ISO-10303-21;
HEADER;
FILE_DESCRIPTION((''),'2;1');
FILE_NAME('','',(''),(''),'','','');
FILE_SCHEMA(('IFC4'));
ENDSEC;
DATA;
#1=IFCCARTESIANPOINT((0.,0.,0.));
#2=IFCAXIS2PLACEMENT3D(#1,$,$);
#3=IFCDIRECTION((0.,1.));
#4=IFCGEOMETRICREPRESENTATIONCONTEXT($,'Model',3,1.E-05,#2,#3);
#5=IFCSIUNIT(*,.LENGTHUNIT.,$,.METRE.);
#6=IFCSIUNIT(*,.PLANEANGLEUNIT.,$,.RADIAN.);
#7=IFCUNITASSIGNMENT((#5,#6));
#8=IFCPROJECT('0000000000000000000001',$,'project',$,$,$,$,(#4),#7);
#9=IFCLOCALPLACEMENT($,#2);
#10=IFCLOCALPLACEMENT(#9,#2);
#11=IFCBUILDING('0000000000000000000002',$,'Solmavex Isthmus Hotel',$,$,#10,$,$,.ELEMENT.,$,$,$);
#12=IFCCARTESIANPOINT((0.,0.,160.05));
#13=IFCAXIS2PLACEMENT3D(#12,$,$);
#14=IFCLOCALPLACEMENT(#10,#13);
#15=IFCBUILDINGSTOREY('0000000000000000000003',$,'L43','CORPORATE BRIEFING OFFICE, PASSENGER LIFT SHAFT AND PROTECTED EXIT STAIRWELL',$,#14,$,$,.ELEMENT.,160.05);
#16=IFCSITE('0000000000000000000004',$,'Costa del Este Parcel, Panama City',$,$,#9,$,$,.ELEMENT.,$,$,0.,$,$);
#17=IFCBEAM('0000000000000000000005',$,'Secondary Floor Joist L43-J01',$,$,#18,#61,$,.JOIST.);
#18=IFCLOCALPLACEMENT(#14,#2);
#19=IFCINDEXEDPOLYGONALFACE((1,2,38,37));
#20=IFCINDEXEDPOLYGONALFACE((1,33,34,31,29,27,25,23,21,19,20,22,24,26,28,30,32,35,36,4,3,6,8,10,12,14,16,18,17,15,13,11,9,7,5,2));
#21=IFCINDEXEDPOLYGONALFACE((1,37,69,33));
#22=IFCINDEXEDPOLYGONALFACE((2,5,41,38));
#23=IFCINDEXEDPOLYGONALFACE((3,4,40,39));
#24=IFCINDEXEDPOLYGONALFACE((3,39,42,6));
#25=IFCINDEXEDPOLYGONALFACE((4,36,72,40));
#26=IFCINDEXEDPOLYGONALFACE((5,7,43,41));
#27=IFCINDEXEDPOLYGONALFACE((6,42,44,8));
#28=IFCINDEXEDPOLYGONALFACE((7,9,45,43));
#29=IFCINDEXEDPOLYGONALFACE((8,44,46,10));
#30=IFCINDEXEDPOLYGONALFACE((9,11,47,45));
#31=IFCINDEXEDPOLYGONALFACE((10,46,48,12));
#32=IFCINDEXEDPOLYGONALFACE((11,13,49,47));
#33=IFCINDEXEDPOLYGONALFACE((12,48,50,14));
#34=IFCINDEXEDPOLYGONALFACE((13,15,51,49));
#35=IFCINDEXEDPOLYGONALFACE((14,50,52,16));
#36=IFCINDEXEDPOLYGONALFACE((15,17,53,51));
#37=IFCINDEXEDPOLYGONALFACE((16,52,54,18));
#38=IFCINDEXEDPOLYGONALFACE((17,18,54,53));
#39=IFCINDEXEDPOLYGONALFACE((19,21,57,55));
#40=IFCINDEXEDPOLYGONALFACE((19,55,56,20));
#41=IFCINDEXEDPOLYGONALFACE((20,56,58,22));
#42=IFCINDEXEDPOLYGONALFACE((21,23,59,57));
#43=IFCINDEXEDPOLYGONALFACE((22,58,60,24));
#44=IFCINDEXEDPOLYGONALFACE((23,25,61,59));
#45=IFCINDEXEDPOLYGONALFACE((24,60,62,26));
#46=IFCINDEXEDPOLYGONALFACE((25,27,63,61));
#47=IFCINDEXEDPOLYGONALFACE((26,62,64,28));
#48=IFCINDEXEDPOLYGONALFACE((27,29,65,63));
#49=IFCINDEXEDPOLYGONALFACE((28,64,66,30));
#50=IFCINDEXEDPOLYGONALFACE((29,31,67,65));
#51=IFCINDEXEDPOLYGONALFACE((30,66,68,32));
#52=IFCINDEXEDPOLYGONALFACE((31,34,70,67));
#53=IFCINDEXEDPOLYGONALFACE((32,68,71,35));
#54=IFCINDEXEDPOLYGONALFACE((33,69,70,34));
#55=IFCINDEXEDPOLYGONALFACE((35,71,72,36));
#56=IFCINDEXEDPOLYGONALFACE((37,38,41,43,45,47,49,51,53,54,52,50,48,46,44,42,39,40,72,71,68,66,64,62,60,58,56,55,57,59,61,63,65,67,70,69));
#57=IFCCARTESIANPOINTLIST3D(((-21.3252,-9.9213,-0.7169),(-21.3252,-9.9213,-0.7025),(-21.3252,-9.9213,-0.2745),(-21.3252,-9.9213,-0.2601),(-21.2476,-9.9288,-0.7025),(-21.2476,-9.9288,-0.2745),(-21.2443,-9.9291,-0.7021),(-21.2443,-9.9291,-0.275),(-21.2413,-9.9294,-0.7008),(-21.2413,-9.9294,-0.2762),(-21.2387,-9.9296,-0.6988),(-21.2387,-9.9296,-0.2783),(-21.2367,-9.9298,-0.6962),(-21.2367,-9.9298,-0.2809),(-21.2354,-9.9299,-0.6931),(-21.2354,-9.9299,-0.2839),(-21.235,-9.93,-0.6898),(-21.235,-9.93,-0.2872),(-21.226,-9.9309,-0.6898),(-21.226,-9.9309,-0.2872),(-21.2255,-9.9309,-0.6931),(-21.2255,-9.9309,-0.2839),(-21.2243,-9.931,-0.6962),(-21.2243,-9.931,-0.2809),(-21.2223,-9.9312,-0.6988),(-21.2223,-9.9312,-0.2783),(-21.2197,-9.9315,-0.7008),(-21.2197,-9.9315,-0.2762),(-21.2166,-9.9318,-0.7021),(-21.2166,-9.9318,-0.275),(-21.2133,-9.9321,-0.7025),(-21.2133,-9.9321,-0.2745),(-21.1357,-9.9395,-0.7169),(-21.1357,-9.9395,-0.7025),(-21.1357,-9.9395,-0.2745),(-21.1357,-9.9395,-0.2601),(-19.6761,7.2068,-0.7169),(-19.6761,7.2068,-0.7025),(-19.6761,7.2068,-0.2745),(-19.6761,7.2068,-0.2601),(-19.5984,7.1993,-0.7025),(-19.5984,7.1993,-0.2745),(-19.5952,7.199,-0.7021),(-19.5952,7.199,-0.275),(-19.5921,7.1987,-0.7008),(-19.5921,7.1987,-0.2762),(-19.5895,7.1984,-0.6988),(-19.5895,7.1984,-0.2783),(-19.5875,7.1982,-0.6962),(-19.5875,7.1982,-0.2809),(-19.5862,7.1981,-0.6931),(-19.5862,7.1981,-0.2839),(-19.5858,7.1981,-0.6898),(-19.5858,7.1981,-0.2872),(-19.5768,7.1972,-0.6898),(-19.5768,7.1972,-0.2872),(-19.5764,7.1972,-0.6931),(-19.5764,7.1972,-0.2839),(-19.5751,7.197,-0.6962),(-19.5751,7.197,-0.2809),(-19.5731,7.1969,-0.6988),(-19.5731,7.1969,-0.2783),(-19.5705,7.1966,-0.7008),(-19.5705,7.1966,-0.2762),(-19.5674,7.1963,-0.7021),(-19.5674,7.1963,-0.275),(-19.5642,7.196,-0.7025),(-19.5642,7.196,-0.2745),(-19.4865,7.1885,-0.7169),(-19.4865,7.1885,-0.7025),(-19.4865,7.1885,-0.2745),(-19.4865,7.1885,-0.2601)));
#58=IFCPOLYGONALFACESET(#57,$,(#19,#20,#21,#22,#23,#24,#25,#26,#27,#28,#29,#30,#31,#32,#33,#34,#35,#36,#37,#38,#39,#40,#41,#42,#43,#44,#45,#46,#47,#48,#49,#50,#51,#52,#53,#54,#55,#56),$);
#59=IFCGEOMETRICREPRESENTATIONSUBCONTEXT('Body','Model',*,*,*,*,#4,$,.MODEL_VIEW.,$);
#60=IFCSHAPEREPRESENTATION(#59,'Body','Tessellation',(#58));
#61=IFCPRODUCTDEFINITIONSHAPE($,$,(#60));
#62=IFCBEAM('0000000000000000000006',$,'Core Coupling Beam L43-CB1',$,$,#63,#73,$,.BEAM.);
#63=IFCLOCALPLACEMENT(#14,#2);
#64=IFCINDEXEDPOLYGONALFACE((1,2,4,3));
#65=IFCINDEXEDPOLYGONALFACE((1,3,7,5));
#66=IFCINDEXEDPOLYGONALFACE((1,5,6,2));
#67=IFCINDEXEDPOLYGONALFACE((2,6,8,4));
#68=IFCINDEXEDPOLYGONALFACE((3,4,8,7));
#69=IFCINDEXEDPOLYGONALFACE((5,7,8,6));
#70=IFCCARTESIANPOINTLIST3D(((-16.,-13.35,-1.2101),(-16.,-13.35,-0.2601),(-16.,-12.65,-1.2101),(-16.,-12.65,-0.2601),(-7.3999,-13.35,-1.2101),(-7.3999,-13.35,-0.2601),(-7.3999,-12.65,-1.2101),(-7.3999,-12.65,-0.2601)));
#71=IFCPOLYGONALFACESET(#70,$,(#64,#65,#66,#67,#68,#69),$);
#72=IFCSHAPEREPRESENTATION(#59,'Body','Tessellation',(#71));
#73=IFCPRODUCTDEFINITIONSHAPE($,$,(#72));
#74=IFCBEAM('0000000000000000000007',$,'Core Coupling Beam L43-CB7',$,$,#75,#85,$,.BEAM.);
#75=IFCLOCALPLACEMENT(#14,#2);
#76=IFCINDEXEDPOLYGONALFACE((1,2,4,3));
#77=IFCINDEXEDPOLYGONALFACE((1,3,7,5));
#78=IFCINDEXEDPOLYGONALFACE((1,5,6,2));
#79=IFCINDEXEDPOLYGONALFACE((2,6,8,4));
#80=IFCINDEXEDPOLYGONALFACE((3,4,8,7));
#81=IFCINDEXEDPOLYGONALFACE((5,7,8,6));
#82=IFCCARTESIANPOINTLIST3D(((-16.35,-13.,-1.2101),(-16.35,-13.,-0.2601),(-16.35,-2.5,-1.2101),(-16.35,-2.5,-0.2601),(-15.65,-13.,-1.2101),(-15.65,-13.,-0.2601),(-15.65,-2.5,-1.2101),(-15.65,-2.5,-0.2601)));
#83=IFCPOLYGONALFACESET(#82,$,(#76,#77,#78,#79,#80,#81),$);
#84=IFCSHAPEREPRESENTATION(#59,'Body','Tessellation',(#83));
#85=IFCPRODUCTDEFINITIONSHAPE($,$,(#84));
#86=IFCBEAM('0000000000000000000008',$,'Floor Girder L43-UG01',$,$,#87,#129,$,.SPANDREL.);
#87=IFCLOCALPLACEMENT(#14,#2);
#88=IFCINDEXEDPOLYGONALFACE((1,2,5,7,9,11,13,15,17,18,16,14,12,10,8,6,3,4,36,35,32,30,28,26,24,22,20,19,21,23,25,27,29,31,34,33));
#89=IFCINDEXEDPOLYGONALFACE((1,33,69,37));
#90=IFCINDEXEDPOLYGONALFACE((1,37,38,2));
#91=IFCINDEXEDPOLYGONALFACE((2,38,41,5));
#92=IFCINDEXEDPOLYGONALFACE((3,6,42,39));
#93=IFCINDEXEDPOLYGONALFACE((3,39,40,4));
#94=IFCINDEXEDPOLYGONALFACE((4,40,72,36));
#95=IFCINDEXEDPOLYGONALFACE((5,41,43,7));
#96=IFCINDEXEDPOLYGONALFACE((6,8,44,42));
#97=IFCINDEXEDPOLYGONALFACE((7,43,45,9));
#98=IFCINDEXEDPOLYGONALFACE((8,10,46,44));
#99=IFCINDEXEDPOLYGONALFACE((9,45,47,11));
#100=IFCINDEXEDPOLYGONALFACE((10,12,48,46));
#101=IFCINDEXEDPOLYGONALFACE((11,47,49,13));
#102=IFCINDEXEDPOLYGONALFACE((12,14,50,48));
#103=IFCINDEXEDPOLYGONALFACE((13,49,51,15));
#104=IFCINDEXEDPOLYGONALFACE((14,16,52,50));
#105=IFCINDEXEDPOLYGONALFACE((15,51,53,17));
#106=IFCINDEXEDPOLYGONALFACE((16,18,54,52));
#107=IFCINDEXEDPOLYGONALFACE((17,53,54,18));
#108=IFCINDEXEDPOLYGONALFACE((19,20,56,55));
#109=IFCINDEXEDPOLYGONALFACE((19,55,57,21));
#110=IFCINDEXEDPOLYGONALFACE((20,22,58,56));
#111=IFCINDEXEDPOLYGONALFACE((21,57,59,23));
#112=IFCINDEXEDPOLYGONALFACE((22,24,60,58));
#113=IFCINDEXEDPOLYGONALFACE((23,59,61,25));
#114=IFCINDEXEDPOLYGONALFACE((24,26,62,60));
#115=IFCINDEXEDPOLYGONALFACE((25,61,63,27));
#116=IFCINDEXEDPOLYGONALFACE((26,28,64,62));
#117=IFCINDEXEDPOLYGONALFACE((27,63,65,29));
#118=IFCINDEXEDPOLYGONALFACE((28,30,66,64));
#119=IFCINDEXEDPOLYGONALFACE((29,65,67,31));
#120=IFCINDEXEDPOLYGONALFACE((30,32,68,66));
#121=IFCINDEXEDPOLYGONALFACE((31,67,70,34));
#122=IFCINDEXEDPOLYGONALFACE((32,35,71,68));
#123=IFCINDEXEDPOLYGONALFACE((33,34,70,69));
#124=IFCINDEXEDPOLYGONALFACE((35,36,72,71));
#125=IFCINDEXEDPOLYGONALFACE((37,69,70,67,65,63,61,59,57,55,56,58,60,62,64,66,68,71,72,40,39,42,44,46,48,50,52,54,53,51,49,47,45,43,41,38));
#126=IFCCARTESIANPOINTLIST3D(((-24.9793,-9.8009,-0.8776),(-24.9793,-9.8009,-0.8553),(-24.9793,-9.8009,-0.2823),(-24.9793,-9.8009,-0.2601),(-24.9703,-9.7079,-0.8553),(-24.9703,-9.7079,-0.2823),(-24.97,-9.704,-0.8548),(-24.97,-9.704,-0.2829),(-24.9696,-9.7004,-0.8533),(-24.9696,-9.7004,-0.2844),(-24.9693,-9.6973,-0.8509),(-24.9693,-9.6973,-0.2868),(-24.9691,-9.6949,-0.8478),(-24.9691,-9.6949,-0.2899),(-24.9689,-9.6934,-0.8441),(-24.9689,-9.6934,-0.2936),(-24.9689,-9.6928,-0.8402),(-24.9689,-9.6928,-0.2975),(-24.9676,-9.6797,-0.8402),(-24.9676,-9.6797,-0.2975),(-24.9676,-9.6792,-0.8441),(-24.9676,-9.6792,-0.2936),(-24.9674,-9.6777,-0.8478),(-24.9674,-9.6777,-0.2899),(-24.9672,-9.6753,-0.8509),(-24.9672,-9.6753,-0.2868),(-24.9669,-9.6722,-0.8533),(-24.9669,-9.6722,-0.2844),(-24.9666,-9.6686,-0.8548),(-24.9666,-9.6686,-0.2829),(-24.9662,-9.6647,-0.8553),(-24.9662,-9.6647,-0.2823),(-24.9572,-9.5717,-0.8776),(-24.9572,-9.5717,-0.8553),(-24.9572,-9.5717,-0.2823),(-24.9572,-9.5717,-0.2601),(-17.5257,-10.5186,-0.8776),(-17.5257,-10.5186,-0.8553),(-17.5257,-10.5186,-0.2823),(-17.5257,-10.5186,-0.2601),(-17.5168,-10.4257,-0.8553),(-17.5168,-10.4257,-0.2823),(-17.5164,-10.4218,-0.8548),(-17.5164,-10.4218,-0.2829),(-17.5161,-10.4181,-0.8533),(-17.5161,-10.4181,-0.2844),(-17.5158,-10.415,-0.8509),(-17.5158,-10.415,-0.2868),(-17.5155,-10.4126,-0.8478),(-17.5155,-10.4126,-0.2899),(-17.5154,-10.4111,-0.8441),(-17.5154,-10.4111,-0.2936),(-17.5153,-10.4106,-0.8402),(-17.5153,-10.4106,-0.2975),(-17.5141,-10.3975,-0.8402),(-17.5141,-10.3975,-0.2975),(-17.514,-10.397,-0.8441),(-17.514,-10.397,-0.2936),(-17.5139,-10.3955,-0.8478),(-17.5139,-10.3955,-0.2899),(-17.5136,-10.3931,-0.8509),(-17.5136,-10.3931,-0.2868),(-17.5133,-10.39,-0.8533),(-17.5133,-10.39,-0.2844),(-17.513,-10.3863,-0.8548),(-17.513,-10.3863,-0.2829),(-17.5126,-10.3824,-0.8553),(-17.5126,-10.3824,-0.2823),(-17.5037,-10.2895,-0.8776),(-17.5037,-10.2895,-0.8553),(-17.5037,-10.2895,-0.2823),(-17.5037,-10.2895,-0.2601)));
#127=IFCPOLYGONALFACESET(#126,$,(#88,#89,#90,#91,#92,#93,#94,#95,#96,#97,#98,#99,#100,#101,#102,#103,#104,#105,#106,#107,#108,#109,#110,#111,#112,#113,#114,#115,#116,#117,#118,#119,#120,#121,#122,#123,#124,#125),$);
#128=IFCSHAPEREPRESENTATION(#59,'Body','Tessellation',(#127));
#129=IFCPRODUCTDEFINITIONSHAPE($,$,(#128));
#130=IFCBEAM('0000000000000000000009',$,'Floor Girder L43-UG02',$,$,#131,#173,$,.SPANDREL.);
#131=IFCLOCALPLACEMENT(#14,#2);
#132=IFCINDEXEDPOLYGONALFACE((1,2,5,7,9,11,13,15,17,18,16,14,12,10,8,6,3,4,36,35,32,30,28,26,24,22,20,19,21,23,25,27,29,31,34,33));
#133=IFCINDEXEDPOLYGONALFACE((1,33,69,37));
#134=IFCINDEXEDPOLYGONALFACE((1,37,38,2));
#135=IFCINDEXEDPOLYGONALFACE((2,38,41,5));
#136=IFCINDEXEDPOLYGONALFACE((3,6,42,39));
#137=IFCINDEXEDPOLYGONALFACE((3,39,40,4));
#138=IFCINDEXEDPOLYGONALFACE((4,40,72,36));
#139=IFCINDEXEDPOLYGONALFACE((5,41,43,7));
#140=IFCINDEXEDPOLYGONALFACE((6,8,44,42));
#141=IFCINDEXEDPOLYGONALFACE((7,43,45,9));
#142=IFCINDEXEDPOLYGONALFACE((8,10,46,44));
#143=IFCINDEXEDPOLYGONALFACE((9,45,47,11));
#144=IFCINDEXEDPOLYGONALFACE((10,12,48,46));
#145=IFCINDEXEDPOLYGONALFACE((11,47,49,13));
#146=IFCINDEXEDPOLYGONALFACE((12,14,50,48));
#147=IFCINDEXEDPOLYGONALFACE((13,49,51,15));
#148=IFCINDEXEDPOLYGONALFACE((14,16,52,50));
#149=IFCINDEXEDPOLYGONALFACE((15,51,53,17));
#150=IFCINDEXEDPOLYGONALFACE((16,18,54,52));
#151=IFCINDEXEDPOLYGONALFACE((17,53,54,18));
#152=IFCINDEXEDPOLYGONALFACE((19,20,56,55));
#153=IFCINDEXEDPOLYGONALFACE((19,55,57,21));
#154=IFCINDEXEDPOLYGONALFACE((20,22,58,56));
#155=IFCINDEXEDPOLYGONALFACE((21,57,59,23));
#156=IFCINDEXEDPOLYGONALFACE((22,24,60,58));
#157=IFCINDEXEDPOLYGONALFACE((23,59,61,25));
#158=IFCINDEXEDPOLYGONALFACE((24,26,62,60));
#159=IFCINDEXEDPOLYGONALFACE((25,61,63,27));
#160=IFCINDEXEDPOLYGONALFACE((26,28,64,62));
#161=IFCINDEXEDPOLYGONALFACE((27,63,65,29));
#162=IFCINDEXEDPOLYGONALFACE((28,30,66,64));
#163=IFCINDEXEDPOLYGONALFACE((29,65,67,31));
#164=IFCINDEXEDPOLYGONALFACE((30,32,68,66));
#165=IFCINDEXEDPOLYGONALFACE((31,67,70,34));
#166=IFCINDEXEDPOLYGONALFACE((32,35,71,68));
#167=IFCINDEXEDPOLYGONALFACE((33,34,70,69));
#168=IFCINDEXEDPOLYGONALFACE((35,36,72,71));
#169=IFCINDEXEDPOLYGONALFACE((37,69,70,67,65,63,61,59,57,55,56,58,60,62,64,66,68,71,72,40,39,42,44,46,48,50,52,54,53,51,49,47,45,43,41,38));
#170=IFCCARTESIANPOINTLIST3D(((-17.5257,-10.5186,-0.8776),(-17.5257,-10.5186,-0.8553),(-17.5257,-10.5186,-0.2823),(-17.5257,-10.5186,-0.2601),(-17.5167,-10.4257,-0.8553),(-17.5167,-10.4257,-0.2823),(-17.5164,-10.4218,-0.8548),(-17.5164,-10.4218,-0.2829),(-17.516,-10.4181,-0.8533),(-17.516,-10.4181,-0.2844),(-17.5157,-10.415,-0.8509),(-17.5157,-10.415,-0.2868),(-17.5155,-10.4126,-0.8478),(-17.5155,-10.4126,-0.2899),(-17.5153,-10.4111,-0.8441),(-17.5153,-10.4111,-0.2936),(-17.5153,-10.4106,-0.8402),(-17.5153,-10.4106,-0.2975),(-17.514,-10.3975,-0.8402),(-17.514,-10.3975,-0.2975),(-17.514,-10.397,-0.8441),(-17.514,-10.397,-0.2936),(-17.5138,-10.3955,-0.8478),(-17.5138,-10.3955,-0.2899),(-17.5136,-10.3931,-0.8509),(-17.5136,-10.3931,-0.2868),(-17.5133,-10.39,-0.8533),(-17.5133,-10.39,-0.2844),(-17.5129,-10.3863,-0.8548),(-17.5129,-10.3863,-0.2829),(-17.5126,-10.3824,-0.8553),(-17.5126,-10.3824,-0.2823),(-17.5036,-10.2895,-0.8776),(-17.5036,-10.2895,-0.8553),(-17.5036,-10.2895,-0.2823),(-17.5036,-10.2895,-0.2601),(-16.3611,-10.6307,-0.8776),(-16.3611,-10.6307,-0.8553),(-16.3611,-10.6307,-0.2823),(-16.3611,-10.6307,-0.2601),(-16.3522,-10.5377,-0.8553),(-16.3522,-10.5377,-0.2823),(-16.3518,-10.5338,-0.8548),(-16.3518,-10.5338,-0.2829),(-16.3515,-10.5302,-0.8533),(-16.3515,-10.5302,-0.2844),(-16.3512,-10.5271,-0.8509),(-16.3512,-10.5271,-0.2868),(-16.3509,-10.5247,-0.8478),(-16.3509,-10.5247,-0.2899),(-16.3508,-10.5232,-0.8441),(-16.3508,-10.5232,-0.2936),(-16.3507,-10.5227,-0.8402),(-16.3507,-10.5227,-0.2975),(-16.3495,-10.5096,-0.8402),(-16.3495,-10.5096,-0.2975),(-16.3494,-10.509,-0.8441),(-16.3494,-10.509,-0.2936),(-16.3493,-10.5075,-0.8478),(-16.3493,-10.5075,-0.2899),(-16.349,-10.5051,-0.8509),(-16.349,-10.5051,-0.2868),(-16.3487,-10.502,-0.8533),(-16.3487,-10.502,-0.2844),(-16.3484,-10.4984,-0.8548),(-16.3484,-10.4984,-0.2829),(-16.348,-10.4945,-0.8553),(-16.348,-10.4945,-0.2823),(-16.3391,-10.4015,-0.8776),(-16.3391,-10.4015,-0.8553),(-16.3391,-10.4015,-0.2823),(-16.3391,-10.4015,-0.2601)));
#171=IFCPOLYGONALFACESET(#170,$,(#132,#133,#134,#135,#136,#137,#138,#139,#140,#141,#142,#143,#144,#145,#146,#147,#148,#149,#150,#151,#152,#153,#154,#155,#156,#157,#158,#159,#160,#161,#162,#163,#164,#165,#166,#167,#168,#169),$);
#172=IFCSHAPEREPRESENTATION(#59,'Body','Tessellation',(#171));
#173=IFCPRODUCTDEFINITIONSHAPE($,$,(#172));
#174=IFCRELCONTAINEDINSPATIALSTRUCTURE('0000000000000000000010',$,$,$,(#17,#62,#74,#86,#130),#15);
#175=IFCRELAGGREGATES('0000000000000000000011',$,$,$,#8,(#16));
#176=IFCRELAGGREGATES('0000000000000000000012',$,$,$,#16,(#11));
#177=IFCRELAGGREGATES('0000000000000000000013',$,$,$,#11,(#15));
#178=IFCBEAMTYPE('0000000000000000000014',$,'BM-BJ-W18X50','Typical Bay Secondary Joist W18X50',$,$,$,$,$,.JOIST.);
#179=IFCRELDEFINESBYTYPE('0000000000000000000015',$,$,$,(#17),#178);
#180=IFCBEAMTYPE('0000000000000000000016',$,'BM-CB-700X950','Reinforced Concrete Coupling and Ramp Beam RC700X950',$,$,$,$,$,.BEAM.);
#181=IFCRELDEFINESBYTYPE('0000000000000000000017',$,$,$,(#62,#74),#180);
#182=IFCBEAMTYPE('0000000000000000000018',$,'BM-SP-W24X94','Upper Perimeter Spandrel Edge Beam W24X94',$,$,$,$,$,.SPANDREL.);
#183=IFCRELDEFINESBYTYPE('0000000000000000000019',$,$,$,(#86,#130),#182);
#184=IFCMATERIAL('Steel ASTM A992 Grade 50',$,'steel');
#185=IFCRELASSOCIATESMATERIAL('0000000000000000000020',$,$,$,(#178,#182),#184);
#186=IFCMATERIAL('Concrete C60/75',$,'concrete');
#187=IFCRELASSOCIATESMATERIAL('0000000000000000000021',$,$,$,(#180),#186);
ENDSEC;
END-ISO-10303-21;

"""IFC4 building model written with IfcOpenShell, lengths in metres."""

from ifc_helpers import new_model, si_unit, direction, frame, origin, origin_2d, place, context, subcontext, project, spatial, rectangle, i_section, extrude, material, material_profile, profile_set, type_object, element, save


model = new_model("IFC4")

# Units and contexts
model_context = context("Model", 3, precision=1e-05, world=origin(), true_north=direction((0.0, 1.0)))
body_context = subcontext(model_context, "Body", "Model", "MODEL_VIEW")
ifc_project = project(units=[si_unit("LENGTHUNIT", "METRE"), si_unit("PLANEANGLEUNIT", "RADIAN")], contexts=[model_context])

# Site, building, storey
site_placement = place(None, origin())
site = spatial("IfcSite", under=ifc_project, at=site_placement, Name="Costa del Este Parcel, Panama City", CompositionType="ELEMENT", RefElevation=0.0)
building_placement = place(site_placement, origin())
building = spatial("IfcBuilding", under=site, at=building_placement, Name="Solmavex Isthmus Hotel", CompositionType="ELEMENT")
storey_placement = place(building_placement, frame((0.0, 0.0, 160.05)))
storey = spatial("IfcBuildingStorey", under=building, at=storey_placement, Name="L43", Description="CORPORATE BRIEFING OFFICE, PASSENGER LIFT SHAFT AND PROTECTED EXIT STAIRWELL", CompositionType="ELEMENT", Elevation=160.05)

# Shared definitions
ifc_material_1 = material(Name="Concrete C60/75", Category="concrete")

# Beams
ifc_material_2 = material(Name="Steel ASTM A992 Grade 50", Category="steel")
ifc_material_profile_1 = material_profile(ifc_material_2, i_section(OverallWidth=0.1904, OverallDepth=0.4568, WebThickness=0.009, FlangeThickness=0.0144, FilletRadius=0.0127, at=origin_2d()), Name="W18X50")
ifc_profile_set_1 = profile_set([ifc_material_profile_1], Name="Steel ASTM A992 Grade 50")
beam_type_1 = type_object("IfcBeamType", Name="BM-BJ-W18X50", Description="Typical Bay Secondary Joist W18X50", PredefinedType="JOIST", material=ifc_profile_set_1)
beam_1_placement = place(storey_placement, frame((-21.2305, -9.9304, -0.4885), z_axis=(0.095841, 0.995397, 0.0), x_axis=(-0.995397, 0.095841, 0.0)))
element("IfcBeam", 1, at=beam_1_placement, inside=storey, type_object=beam_type_1, Name="Secondary Floor Joist L43-J01", PredefinedType="JOIST", context=body_context, shape_type="SweptSolid", body=[
    extrude(i_section(OverallWidth=0.1904, OverallDepth=0.4568, WebThickness=0.009, FlangeThickness=0.0144, FilletRadius=0.0127, at=origin_2d()), origin(), (0.0, 0.0, 1.0), 17.2073),
])
ifc_material_profile_2 = material_profile(ifc_material_1, rectangle(XDim=0.7, YDim=0.95, at=origin_2d()), Name="RC700X950")
ifc_profile_set_2 = profile_set([ifc_material_profile_2], Name="Concrete C60/75")
beam_type_2 = type_object("IfcBeamType", Name="BM-CB-700X950", Description="Reinforced Concrete Coupling and Ramp Beam RC700X950", PredefinedType="BEAM", material=ifc_profile_set_2)
beam_2_placement = place(storey_placement, frame((-16.0, -13.0, -0.7351), z_axis=(1.0, 0.0, 0.0), x_axis=(0.0, 1.0, 0.0)))
element("IfcBeam", 2, at=beam_2_placement, inside=storey, type_object=beam_type_2, Name="Core Coupling Beam L43-CB1", PredefinedType="BEAM", context=body_context, shape_type="SweptSolid", body=[
    extrude(rectangle(XDim=0.7, YDim=0.95, at=origin_2d()), origin(), (0.0, 0.0, 1.0), 8.6001),
])
beam_3_placement = place(storey_placement, frame((-16.0, -13.0, -0.7351), z_axis=(0.0, 1.0, 0.0), x_axis=(-1.0, 0.0, 0.0)))
element("IfcBeam", 3, at=beam_3_placement, inside=storey, type_object=beam_type_2, Name="Core Coupling Beam L43-CB7", PredefinedType="BEAM", context=body_context, shape_type="SweptSolid", body=[
    extrude(rectangle(XDim=0.7, YDim=0.95, at=origin_2d()), origin(), (0.0, 0.0, 1.0), 10.5),
])
ifc_material_profile_3 = material_profile(ifc_material_2, i_section(OverallWidth=0.2302, OverallDepth=0.6174, WebThickness=0.0132, FlangeThickness=0.0222, FilletRadius=0.0151, at=origin_2d()), Name="W24X94")
ifc_profile_set_3 = profile_set([ifc_material_profile_3], Name="Steel ASTM A992 Grade 50")
beam_type_3 = type_object("IfcBeamType", Name="BM-SP-W24X94", Description="Upper Perimeter Spandrel Edge Beam W24X94", PredefinedType="SPANDREL", material=ifc_profile_set_3)
beam_4_placement = place(storey_placement, frame((-24.9683, -9.6863, -0.5688), z_axis=(0.995395, -0.095855, 0.0), x_axis=(0.095855, 0.995395, 0.0)))
element("IfcBeam", 4, at=beam_4_placement, inside=storey, type_object=beam_type_3, Name="Floor Girder L43-UG01", PredefinedType="SPANDREL", context=body_context, shape_type="SweptSolid", body=[
    extrude(i_section(OverallWidth=0.2302, OverallDepth=0.6174, WebThickness=0.0132, FlangeThickness=0.0222, FilletRadius=0.0151, at=origin_2d()), origin(), (0.0, 0.0, 1.0), 7.488),
])
beam_5_placement = place(storey_placement, frame((-17.5146, -10.4041, -0.5688), z_axis=(0.995402, -0.095784, 0.0), x_axis=(0.095784, 0.995402, 0.0)))
element("IfcBeam", 5, at=beam_5_placement, inside=storey, type_object=beam_type_3, Name="Floor Girder L43-UG02", PredefinedType="SPANDREL", context=body_context, shape_type="SweptSolid", body=[
    extrude(i_section(OverallWidth=0.2302, OverallDepth=0.6174, WebThickness=0.0132, FlangeThickness=0.0222, FilletRadius=0.0151, at=origin_2d()), origin(), (0.0, 0.0, 1.0), 1.1699),
])

save(model, "model.ifc")
